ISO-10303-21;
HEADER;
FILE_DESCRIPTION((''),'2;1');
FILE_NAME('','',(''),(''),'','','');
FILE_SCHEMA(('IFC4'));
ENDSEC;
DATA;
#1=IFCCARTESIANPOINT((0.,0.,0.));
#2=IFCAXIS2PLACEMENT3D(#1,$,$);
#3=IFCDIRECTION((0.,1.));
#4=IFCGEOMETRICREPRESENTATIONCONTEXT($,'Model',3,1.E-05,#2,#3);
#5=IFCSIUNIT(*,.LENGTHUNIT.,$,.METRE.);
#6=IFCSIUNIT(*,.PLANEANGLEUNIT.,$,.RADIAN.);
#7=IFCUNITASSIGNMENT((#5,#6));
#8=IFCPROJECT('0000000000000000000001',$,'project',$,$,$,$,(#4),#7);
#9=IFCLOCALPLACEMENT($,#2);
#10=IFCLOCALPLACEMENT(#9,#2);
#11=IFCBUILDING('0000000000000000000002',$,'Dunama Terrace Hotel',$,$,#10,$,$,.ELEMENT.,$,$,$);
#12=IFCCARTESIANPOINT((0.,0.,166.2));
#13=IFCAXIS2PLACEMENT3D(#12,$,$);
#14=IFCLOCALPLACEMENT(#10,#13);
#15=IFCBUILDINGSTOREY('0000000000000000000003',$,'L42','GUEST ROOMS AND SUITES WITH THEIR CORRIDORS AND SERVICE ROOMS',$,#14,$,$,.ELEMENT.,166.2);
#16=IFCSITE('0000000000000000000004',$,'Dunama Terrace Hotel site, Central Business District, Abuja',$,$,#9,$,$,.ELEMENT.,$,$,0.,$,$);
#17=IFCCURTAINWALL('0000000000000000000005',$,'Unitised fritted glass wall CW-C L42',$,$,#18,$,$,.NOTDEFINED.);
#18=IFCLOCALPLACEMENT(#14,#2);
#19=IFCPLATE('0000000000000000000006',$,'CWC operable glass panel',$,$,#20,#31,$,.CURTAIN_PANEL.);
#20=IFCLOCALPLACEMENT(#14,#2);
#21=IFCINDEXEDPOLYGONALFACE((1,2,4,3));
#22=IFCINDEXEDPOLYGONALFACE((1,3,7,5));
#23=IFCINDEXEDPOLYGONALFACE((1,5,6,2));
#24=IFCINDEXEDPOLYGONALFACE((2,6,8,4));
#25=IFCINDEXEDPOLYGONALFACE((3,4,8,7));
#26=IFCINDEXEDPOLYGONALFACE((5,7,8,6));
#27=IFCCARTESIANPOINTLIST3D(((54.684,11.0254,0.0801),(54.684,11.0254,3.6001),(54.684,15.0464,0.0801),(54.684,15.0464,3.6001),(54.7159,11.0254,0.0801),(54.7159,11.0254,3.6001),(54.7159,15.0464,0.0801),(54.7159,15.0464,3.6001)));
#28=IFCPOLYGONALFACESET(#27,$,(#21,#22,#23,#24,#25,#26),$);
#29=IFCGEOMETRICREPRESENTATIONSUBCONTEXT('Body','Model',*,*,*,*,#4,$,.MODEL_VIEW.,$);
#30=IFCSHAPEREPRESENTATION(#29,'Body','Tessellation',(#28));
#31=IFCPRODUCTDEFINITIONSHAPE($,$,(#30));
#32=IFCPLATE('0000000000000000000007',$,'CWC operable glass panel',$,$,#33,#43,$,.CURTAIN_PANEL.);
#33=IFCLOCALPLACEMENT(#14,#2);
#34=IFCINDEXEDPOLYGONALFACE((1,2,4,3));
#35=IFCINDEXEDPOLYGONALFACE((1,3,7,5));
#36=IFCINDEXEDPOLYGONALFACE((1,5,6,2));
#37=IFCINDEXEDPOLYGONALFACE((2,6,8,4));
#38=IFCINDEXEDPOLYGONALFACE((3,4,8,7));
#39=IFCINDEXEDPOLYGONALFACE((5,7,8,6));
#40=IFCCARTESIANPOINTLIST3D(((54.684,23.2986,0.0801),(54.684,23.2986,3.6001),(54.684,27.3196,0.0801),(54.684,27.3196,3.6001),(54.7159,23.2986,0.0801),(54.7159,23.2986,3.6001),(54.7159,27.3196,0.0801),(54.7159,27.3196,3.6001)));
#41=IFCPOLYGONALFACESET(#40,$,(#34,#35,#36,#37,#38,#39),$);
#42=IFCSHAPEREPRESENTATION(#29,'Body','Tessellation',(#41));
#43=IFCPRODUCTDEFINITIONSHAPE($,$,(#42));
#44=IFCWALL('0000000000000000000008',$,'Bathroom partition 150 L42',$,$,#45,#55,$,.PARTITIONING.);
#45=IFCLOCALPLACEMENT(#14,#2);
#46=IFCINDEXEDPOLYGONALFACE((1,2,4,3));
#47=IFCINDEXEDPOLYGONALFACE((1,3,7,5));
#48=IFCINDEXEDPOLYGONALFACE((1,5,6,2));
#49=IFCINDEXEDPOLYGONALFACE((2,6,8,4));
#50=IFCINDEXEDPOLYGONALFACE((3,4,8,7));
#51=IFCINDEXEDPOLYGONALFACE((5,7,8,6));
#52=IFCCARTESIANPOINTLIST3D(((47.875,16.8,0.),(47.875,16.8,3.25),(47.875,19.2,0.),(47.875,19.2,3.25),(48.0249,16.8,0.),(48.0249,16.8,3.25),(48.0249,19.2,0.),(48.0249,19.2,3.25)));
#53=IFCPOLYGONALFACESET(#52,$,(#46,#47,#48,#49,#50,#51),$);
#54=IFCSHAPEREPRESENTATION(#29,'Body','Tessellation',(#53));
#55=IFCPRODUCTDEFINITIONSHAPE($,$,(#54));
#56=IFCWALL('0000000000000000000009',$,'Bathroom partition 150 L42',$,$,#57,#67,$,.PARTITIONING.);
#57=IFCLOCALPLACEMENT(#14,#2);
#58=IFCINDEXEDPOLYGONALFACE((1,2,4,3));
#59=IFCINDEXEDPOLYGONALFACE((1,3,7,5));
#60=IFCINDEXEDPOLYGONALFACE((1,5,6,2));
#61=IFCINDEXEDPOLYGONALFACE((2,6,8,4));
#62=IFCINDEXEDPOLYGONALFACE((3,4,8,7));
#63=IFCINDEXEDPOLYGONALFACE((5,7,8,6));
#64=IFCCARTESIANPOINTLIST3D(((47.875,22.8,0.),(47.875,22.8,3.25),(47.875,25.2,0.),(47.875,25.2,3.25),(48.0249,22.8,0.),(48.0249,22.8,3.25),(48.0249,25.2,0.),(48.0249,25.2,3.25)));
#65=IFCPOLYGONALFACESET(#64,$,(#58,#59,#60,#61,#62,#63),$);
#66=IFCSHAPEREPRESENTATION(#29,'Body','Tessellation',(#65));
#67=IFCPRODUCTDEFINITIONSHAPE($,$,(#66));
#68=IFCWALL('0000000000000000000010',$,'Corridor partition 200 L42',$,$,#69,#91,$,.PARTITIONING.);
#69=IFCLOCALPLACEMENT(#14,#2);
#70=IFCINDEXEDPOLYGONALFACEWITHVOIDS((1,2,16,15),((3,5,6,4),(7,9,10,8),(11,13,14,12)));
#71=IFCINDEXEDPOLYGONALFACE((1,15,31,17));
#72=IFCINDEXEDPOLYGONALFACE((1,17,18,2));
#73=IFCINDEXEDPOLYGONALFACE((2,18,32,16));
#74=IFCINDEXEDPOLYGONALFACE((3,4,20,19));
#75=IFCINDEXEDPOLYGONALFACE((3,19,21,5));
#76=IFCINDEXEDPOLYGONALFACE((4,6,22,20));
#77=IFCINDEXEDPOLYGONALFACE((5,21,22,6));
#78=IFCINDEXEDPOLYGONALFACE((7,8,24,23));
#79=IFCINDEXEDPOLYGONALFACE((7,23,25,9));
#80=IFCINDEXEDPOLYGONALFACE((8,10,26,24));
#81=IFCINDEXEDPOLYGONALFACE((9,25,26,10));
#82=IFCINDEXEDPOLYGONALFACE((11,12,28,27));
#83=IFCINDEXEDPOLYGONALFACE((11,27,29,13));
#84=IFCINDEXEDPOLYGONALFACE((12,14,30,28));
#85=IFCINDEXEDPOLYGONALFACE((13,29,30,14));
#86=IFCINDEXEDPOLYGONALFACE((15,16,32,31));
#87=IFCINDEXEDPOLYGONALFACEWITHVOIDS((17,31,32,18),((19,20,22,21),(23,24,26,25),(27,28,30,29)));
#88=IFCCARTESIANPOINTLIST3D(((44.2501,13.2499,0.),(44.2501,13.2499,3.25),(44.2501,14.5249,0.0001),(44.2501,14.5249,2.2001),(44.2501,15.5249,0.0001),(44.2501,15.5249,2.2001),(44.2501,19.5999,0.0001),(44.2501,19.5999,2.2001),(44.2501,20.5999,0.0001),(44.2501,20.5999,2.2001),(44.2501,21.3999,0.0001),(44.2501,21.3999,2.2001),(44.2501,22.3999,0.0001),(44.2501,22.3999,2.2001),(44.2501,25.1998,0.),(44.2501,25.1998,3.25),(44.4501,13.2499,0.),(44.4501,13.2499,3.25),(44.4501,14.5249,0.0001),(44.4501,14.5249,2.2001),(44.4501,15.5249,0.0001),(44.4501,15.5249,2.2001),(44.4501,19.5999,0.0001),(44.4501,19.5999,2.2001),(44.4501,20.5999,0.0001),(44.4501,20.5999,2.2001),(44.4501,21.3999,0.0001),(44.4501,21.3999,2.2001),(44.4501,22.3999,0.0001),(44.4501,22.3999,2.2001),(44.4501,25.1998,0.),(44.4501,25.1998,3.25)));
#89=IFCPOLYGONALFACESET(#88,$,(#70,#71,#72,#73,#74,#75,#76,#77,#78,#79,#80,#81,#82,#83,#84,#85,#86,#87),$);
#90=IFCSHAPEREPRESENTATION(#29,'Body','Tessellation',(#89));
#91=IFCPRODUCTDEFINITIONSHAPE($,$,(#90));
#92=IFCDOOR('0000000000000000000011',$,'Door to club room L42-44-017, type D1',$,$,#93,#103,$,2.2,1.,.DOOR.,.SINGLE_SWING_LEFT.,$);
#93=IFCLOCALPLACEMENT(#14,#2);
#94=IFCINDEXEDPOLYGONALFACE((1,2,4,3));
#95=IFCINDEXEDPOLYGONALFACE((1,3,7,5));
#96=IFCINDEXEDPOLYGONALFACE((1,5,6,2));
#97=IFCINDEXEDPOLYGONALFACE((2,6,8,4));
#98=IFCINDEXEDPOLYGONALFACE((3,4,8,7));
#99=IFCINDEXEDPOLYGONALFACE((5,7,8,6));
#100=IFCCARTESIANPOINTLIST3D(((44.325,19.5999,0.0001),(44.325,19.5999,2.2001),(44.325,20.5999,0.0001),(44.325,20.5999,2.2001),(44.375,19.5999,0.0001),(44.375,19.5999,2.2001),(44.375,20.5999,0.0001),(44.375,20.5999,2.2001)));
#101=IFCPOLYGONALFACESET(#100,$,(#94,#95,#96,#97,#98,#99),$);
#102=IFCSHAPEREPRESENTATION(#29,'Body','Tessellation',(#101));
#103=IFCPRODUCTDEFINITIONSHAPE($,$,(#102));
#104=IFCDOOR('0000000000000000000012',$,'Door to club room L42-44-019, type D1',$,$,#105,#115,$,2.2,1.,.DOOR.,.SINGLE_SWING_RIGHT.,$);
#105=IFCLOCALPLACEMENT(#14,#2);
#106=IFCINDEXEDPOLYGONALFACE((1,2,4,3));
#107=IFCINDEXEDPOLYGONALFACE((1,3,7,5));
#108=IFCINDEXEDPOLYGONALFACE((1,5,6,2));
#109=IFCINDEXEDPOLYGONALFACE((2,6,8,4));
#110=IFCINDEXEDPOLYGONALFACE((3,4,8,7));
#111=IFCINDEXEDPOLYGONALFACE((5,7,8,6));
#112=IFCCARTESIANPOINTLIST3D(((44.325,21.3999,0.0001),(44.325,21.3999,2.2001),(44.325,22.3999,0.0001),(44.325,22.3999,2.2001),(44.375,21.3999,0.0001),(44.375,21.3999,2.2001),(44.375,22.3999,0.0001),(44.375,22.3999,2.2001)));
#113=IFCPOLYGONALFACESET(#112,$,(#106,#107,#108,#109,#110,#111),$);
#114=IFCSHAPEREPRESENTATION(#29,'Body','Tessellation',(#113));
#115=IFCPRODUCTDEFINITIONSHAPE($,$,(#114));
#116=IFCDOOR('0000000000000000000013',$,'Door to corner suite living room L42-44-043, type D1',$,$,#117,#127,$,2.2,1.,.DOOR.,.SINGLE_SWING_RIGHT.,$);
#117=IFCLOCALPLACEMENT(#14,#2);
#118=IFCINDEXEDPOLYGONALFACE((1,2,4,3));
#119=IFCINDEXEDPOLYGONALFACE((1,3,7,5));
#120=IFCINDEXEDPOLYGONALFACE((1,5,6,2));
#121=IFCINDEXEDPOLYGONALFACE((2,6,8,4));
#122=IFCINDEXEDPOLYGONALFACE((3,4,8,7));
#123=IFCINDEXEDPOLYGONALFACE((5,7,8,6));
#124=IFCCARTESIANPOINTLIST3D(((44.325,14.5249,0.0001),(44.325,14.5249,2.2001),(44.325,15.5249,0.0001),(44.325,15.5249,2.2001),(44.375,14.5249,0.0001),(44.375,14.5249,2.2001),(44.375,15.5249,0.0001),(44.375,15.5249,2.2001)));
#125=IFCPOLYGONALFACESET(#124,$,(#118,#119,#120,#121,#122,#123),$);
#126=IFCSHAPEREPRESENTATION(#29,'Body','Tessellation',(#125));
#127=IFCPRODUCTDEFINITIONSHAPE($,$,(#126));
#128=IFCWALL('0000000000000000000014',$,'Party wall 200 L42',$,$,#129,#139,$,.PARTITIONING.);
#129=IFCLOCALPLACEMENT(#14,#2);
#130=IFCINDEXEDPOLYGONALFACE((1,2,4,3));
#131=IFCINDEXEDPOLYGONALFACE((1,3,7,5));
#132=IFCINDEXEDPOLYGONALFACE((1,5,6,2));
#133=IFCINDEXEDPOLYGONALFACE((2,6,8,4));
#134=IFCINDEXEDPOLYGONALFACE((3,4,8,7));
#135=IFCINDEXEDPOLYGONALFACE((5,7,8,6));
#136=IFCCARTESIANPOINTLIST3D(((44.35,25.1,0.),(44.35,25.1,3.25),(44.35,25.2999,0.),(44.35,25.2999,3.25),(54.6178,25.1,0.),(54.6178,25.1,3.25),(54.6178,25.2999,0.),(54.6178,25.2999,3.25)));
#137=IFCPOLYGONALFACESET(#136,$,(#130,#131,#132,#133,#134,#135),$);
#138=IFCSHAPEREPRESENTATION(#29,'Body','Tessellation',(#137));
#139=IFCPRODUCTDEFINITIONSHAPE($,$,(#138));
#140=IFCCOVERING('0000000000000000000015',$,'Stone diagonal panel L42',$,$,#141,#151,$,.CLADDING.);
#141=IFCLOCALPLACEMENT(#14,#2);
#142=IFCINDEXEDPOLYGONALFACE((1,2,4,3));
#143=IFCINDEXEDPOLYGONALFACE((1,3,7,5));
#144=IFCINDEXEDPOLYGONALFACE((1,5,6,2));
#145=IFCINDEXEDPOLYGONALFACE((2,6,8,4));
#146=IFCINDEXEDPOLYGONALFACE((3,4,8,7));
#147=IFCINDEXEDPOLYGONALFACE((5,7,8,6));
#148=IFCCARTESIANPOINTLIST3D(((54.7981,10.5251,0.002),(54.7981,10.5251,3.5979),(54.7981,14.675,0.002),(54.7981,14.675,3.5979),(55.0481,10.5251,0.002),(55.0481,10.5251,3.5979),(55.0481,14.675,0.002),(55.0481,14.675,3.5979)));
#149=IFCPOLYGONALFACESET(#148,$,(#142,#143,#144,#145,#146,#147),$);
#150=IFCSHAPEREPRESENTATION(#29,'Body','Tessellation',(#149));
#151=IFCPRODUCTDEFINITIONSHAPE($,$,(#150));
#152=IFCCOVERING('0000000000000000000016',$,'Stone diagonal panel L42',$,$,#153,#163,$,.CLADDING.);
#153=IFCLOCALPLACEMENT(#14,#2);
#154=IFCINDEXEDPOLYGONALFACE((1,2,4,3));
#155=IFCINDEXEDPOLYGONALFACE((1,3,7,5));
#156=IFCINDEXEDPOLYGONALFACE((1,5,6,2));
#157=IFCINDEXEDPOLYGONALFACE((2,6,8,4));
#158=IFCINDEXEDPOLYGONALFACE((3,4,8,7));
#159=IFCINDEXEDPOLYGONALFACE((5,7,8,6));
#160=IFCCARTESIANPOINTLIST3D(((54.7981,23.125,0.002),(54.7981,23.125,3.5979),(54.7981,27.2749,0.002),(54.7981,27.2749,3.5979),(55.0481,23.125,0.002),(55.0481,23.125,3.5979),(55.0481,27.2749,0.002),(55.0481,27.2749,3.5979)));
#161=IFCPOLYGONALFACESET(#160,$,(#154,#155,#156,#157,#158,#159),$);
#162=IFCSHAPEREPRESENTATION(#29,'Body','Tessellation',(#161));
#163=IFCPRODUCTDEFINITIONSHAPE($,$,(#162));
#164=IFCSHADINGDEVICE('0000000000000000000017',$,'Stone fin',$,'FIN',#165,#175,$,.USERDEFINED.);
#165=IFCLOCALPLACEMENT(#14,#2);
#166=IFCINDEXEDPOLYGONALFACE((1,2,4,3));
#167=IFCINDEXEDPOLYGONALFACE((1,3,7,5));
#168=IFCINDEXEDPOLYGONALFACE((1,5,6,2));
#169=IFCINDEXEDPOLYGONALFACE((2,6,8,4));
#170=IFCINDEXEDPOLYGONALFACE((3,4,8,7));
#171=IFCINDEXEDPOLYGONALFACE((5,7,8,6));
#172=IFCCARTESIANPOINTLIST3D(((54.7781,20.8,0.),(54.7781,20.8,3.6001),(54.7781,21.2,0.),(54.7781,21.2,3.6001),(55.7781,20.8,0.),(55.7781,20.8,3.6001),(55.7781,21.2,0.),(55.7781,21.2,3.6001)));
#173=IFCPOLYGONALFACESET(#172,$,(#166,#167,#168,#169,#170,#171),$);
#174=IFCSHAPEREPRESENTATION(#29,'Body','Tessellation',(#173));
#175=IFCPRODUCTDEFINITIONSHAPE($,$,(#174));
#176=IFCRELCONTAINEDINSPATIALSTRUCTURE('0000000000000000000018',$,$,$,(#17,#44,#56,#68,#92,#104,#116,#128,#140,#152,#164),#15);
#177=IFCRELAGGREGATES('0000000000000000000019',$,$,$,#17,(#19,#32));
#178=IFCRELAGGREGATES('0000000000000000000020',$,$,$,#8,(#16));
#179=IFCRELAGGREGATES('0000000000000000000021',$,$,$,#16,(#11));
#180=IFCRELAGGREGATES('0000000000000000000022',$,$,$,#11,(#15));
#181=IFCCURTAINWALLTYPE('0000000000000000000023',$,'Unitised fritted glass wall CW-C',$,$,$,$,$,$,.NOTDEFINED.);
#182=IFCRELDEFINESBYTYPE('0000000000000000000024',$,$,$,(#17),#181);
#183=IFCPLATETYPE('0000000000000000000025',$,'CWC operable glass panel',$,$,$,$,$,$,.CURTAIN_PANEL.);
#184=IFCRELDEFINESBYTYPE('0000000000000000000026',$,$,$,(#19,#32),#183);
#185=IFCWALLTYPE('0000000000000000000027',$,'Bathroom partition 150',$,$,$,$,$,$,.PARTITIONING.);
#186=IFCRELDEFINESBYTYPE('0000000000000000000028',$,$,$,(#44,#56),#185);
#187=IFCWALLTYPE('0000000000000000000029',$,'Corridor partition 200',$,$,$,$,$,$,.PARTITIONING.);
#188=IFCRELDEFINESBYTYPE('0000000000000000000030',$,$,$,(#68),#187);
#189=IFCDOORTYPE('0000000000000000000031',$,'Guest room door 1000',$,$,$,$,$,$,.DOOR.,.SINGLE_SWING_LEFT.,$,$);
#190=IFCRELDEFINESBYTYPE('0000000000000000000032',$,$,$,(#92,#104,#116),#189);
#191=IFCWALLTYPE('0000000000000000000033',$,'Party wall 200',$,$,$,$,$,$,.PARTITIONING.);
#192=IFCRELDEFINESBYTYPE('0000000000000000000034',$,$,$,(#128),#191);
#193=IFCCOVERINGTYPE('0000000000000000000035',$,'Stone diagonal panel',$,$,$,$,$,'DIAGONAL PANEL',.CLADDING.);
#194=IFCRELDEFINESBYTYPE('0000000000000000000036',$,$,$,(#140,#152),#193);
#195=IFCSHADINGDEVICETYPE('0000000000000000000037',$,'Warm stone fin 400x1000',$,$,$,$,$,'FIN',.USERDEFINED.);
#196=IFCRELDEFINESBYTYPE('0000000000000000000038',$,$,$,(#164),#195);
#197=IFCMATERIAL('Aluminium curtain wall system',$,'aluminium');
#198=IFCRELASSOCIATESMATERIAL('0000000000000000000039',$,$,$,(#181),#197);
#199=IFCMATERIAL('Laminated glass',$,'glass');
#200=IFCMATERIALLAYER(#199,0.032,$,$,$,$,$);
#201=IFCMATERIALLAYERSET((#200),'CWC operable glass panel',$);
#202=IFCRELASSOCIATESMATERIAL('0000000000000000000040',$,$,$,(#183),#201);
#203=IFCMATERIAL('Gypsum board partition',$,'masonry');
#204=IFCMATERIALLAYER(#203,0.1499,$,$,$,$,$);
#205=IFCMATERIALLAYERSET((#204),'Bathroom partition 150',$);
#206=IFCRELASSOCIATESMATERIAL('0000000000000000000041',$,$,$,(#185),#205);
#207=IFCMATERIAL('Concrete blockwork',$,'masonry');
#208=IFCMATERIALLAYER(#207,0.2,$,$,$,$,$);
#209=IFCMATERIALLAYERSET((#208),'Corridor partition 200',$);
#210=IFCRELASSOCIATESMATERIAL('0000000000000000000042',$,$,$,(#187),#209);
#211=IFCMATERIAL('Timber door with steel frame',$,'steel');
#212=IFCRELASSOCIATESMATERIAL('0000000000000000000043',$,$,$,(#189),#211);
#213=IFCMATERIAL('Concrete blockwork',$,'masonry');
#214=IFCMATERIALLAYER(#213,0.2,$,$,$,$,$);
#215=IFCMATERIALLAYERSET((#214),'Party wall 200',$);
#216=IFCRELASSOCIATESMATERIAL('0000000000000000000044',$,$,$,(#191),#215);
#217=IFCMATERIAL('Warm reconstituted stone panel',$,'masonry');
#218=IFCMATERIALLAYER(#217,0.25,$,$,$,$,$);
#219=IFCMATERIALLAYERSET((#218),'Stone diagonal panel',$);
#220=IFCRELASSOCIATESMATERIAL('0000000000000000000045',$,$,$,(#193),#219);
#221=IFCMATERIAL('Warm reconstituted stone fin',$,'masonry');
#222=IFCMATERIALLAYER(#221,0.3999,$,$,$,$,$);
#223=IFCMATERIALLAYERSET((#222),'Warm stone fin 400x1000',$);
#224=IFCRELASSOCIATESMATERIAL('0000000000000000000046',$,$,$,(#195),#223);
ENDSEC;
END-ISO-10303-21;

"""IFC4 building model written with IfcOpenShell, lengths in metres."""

from ifc_helpers import new_model, si_unit, direction, frame, frame_2d, origin, origin_2d, place, context, subcontext, project, spatial, rectangle, extrude, material, layer, layer_set, type_object, element, fill, aggregate, save


model = new_model("IFC4")

# Units and contexts
model_context = context("Model", 3, precision=1e-05, world=origin(), true_north=direction((0.0, 1.0)))
body_context = subcontext(model_context, "Body", "Model", "MODEL_VIEW")
ifc_project = project(units=[si_unit("LENGTHUNIT", "METRE"), si_unit("PLANEANGLEUNIT", "RADIAN")], contexts=[model_context])

# Site, building, storey
site_placement = place(None, origin())
site = spatial("IfcSite", under=ifc_project, at=site_placement, Name="Dunama Terrace Hotel site, Central Business District, Abuja", CompositionType="ELEMENT", RefElevation=0.0)
building_placement = place(site_placement, origin())
building = spatial("IfcBuilding", under=site, at=building_placement, Name="Dunama Terrace Hotel", CompositionType="ELEMENT")
storey_placement = place(building_placement, frame((0.0, 0.0, 166.2)))
storey = spatial("IfcBuildingStorey", under=building, at=storey_placement, Name="L42", Description="GUEST ROOMS AND SUITES WITH THEIR CORRIDORS AND SERVICE ROOMS", CompositionType="ELEMENT", Elevation=166.2)

# Curtain wall
ifc_material_1 = material(Name="Aluminium curtain wall system", Category="aluminium")
curtain_wall_type = type_object("IfcCurtainWallType", Name="Unitised fritted glass wall CW-C", PredefinedType="NOTDEFINED", material=ifc_material_1)
curtain_wall_placement = place(storey_placement, origin())
curtain_wall = element("IfcCurtainWall", 1, at=curtain_wall_placement, inside=storey, type_object=curtain_wall_type, Name="Unitised fritted glass wall CW-C L42", PredefinedType="NOTDEFINED")

# Plates
ifc_material_2 = material(Name="Laminated glass", Category="glass")
ifc_layer_1 = layer(ifc_material_2, 0.032)
ifc_layer_set_1 = layer_set([ifc_layer_1], Name="CWC operable glass panel")
plate_type_1 = type_object("IfcPlateType", Name="CWC operable glass panel", PredefinedType="CURTAIN_PANEL", material=ifc_layer_set_1)
plate_1_placement = place(storey_placement, frame((54.7, 13.0359, 0.0801), z_axis=(0.0, 0.0, 1.0), x_axis=(0.0, 1.0, 0.0)))
plate_1 = element("IfcPlate", 2, at=plate_1_placement, type_object=plate_type_1, Name="CWC operable glass panel", PredefinedType="CURTAIN_PANEL", context=body_context, shape_type="SweptSolid", body=[
    extrude(rectangle(XDim=4.021, YDim=0.032, at=origin_2d()), origin(), (0.0, 0.0, 1.0), 3.52),
])
plate_2_placement = place(storey_placement, frame((54.7, 25.3091, 0.0801), z_axis=(0.0, 0.0, 1.0), x_axis=(0.0, 1.0, 0.0)))
plate_2 = element("IfcPlate", 3, at=plate_2_placement, type_object=plate_type_1, Name="CWC operable glass panel", PredefinedType="CURTAIN_PANEL", context=body_context, shape_type="SweptSolid", body=[
    extrude(rectangle(XDim=4.021, YDim=0.032, at=origin_2d()), origin(), (0.0, 0.0, 1.0), 3.52),
])
aggregate(curtain_wall, [plate_1, plate_2])

# Walls
ifc_material_3 = material(Name="Gypsum board partition", Category="masonry")
ifc_layer_2 = layer(ifc_material_3, 0.1499)
ifc_layer_set_2 = layer_set([ifc_layer_2], Name="Bathroom partition 150")
wall_type_1 = type_object("IfcWallType", Name="Bathroom partition 150", PredefinedType="PARTITIONING", material=ifc_layer_set_2)
for number, where, z_axis, x_axis, name in (
    (4, (47.95, 16.8, 0.0), (0.0, 0.0, 1.0), (0.0, 1.0, 0.0), "Bathroom partition 150 L42"),
    (5, (47.95, 22.8, 0.0), (0.0, 0.0, 1.0), (0.0, 1.0, 0.0), "Bathroom partition 150 L42"),
):
    element("IfcWall", number, at=place(storey_placement, frame(where, z_axis=z_axis, x_axis=x_axis)), inside=storey, type_object=wall_type_1, Name=name, PredefinedType="PARTITIONING", context=body_context, shape_type="SweptSolid", body=[
        extrude(rectangle(XDim=2.3999, YDim=0.1499, at=frame_2d((1.2, 0.0))), origin(), (0.0, 0.0, 1.0), 3.25),
    ])

# Wall, openings, doors
ifc_material_4 = material(Name="Concrete blockwork", Category="masonry")
ifc_layer_3 = layer(ifc_material_4, 0.2)
ifc_layer_set_3 = layer_set([ifc_layer_3], Name="Corridor partition 200")
wall_type_2 = type_object("IfcWallType", Name="Corridor partition 200", PredefinedType="PARTITIONING", material=ifc_layer_set_3)
wall_1_placement = place(storey_placement, frame((44.3501, 25.2, 0.0), z_axis=(0.0, 0.0, 1.0), x_axis=(0.0, -1.0, 0.0)))
wall_1 = element("IfcWall", 6, at=wall_1_placement, inside=storey, type_object=wall_type_2, Name="Corridor partition 200 L42", PredefinedType="PARTITIONING", context=body_context, shape_type="SweptSolid", body=[
    extrude(rectangle(XDim=11.95, YDim=0.2, at=frame_2d((5.9751, 0.0))), origin(), (0.0, 0.0, 1.0), 3.25),
])
opening_1_placement = place(wall_1_placement, frame((4.6001, 0.0, 0.0)))
opening_1 = element("IfcOpeningElement", 7, at=opening_1_placement, cuts=wall_1, PredefinedType="OPENING", context=body_context, shape_type="SweptSolid", body=[
    extrude(rectangle(XDim=1.0, YDim=2.2, at=frame_2d((0.5, 1.1001))), frame((0.0, 0.1099, 0.0), z_axis=(0.0, -1.0, 0.0), x_axis=(1.0, 0.0, 0.0)), (0.0, 0.0, 1.0), 0.22),
])
opening_2_placement = place(wall_1_placement, frame((2.8, 0.0, 0.0)))
opening_2 = element("IfcOpeningElement", 8, at=opening_2_placement, cuts=wall_1, PredefinedType="OPENING", context=body_context, shape_type="SweptSolid", body=[
    extrude(rectangle(XDim=1.0, YDim=2.2, at=frame_2d((0.5, 1.1001))), frame((0.0, 0.1099, 0.0), z_axis=(0.0, -1.0, 0.0), x_axis=(1.0, 0.0, 0.0)), (0.0, 0.0, 1.0), 0.22),
])
opening_3_placement = place(wall_1_placement, frame((9.675, 0.0, 0.0)))
opening_3 = element("IfcOpeningElement", 9, at=opening_3_placement, cuts=wall_1, PredefinedType="OPENING", context=body_context, shape_type="SweptSolid", body=[
    extrude(rectangle(XDim=1.0, YDim=2.2, at=frame_2d((0.5, 1.1001))), frame((0.0, 0.1099, 0.0), z_axis=(0.0, -1.0, 0.0), x_axis=(1.0, 0.0, 0.0)), (0.0, 0.0, 1.0), 0.22),
])
ifc_material_5 = material(Name="Timber door with steel frame", Category="steel")
door_type = type_object("IfcDoorType", Name="Guest room door 1000", OperationType="SINGLE_SWING_LEFT", PredefinedType="DOOR", material=ifc_material_5)
door_1_placement = place(opening_1_placement, origin())
door_1 = element("IfcDoor", 10, at=door_1_placement, inside=storey, type_object=door_type, Name="Door to club room L42-44-017, type D1", OperationType="SINGLE_SWING_LEFT", OverallHeight=2.2, OverallWidth=1.0, PredefinedType="DOOR", context=body_context, shape_type="SweptSolid", body=[
    extrude(rectangle(XDim=1.0, YDim=2.2, at=frame_2d((0.5, 1.1001))), frame((0.0, 0.0249, 0.0), z_axis=(0.0, -1.0, 0.0), x_axis=(1.0, 0.0, 0.0)), (0.0, 0.0, 1.0), 0.05),
])
fill(opening_1, door_1)
door_2_placement = place(opening_2_placement, origin())
door_2 = element("IfcDoor", 11, at=door_2_placement, inside=storey, type_object=door_type, Name="Door to club room L42-44-019, type D1", OperationType="SINGLE_SWING_RIGHT", OverallHeight=2.2, OverallWidth=1.0, PredefinedType="DOOR", context=body_context, shape_type="SweptSolid", body=[
    extrude(rectangle(XDim=1.0, YDim=2.2, at=frame_2d((0.5, 1.1001))), frame((0.0, 0.0249, 0.0), z_axis=(0.0, -1.0, 0.0), x_axis=(1.0, 0.0, 0.0)), (0.0, 0.0, 1.0), 0.05),
])
fill(opening_2, door_2)
door_3_placement = place(opening_3_placement, origin())
door_3 = element("IfcDoor", 12, at=door_3_placement, inside=storey, type_object=door_type, Name="Door to corner suite living room L42-44-043, type D1", OperationType="SINGLE_SWING_RIGHT", OverallHeight=2.2, OverallWidth=1.0, PredefinedType="DOOR", context=body_context, shape_type="SweptSolid", body=[
    extrude(rectangle(XDim=1.0, YDim=2.2, at=frame_2d((0.5, 1.1001))), frame((0.0, 0.0249, 0.0), z_axis=(0.0, -1.0, 0.0), x_axis=(1.0, 0.0, 0.0)), (0.0, 0.0, 1.0), 0.05),
])
fill(opening_3, door_3)

# Wall
ifc_material_6 = material(Name="Concrete blockwork", Category="masonry")
ifc_layer_4 = layer(ifc_material_6, 0.2)
ifc_layer_set_4 = layer_set([ifc_layer_4], Name="Party wall 200")
wall_type_3 = type_object("IfcWallType", Name="Party wall 200", PredefinedType="PARTITIONING", material=ifc_layer_set_4)
wall_2_placement = place(storey_placement, frame((44.3501, 25.2, 0.0), z_axis=(0.0, 0.0, 1.0), x_axis=(1.0, 0.0, 0.0)))
element("IfcWall", 13, at=wall_2_placement, inside=storey, type_object=wall_type_3, Name="Party wall 200 L42", PredefinedType="PARTITIONING", context=body_context, shape_type="SweptSolid", body=[
    extrude(rectangle(XDim=10.2678, YDim=0.2, at=frame_2d((5.1338, 0.0))), origin(), (0.0, 0.0, 1.0), 3.25),
])

# Coverings
ifc_material_7 = material(Name="Warm reconstituted stone panel", Category="masonry")
ifc_layer_5 = layer(ifc_material_7, 0.25)
ifc_layer_set_5 = layer_set([ifc_layer_5], Name="Stone diagonal panel")
covering_type = type_object("IfcCoveringType", Name="Stone diagonal panel", ElementType="DIAGONAL PANEL", PredefinedType="CLADDING", material=ifc_layer_set_5)
for number, where, z_axis, x_axis, name in (
    (14, (54.9231, 12.6001, 0.002), (0.0, 0.0, 1.0), (0.0, 1.0, 0.0), "Stone diagonal panel L42"),
    (15, (54.9231, 25.2, 0.002), (0.0, 0.0, 1.0), (0.0, 1.0, 0.0), "Stone diagonal panel L42"),
):
    element("IfcCovering", number, at=place(storey_placement, frame(where, z_axis=z_axis, x_axis=x_axis)), inside=storey, type_object=covering_type, Name=name, PredefinedType="CLADDING", context=body_context, shape_type="SweptSolid", body=[
        extrude(rectangle(XDim=4.1499, YDim=0.25, at=origin_2d()), origin(), (0.0, 0.0, 1.0), 3.5959),
    ])

# Shading device
ifc_material_8 = material(Name="Warm reconstituted stone fin", Category="masonry")
ifc_layer_6 = layer(ifc_material_8, 0.3999)
ifc_layer_set_6 = layer_set([ifc_layer_6], Name="Warm stone fin 400x1000")
shading_device_type = type_object("IfcShadingDeviceType", Name="Warm stone fin 400x1000", ElementType="FIN", PredefinedType="USERDEFINED", material=ifc_layer_set_6)
shading_device_placement = place(storey_placement, frame((55.2781, 21.0, 0.0), z_axis=(0.0, 0.0, 1.0), x_axis=(0.0, 1.0, 0.0)))
element("IfcShadingDevice", 16, at=shading_device_placement, inside=storey, type_object=shading_device_type, Name="Stone fin", ObjectType="FIN", PredefinedType="USERDEFINED", context=body_context, shape_type="SweptSolid", body=[
    extrude(rectangle(XDim=0.3999, YDim=1.0, at=origin_2d()), origin(), (0.0, 0.0, 1.0), 3.6001),
])

save(model, "model.ifc")
